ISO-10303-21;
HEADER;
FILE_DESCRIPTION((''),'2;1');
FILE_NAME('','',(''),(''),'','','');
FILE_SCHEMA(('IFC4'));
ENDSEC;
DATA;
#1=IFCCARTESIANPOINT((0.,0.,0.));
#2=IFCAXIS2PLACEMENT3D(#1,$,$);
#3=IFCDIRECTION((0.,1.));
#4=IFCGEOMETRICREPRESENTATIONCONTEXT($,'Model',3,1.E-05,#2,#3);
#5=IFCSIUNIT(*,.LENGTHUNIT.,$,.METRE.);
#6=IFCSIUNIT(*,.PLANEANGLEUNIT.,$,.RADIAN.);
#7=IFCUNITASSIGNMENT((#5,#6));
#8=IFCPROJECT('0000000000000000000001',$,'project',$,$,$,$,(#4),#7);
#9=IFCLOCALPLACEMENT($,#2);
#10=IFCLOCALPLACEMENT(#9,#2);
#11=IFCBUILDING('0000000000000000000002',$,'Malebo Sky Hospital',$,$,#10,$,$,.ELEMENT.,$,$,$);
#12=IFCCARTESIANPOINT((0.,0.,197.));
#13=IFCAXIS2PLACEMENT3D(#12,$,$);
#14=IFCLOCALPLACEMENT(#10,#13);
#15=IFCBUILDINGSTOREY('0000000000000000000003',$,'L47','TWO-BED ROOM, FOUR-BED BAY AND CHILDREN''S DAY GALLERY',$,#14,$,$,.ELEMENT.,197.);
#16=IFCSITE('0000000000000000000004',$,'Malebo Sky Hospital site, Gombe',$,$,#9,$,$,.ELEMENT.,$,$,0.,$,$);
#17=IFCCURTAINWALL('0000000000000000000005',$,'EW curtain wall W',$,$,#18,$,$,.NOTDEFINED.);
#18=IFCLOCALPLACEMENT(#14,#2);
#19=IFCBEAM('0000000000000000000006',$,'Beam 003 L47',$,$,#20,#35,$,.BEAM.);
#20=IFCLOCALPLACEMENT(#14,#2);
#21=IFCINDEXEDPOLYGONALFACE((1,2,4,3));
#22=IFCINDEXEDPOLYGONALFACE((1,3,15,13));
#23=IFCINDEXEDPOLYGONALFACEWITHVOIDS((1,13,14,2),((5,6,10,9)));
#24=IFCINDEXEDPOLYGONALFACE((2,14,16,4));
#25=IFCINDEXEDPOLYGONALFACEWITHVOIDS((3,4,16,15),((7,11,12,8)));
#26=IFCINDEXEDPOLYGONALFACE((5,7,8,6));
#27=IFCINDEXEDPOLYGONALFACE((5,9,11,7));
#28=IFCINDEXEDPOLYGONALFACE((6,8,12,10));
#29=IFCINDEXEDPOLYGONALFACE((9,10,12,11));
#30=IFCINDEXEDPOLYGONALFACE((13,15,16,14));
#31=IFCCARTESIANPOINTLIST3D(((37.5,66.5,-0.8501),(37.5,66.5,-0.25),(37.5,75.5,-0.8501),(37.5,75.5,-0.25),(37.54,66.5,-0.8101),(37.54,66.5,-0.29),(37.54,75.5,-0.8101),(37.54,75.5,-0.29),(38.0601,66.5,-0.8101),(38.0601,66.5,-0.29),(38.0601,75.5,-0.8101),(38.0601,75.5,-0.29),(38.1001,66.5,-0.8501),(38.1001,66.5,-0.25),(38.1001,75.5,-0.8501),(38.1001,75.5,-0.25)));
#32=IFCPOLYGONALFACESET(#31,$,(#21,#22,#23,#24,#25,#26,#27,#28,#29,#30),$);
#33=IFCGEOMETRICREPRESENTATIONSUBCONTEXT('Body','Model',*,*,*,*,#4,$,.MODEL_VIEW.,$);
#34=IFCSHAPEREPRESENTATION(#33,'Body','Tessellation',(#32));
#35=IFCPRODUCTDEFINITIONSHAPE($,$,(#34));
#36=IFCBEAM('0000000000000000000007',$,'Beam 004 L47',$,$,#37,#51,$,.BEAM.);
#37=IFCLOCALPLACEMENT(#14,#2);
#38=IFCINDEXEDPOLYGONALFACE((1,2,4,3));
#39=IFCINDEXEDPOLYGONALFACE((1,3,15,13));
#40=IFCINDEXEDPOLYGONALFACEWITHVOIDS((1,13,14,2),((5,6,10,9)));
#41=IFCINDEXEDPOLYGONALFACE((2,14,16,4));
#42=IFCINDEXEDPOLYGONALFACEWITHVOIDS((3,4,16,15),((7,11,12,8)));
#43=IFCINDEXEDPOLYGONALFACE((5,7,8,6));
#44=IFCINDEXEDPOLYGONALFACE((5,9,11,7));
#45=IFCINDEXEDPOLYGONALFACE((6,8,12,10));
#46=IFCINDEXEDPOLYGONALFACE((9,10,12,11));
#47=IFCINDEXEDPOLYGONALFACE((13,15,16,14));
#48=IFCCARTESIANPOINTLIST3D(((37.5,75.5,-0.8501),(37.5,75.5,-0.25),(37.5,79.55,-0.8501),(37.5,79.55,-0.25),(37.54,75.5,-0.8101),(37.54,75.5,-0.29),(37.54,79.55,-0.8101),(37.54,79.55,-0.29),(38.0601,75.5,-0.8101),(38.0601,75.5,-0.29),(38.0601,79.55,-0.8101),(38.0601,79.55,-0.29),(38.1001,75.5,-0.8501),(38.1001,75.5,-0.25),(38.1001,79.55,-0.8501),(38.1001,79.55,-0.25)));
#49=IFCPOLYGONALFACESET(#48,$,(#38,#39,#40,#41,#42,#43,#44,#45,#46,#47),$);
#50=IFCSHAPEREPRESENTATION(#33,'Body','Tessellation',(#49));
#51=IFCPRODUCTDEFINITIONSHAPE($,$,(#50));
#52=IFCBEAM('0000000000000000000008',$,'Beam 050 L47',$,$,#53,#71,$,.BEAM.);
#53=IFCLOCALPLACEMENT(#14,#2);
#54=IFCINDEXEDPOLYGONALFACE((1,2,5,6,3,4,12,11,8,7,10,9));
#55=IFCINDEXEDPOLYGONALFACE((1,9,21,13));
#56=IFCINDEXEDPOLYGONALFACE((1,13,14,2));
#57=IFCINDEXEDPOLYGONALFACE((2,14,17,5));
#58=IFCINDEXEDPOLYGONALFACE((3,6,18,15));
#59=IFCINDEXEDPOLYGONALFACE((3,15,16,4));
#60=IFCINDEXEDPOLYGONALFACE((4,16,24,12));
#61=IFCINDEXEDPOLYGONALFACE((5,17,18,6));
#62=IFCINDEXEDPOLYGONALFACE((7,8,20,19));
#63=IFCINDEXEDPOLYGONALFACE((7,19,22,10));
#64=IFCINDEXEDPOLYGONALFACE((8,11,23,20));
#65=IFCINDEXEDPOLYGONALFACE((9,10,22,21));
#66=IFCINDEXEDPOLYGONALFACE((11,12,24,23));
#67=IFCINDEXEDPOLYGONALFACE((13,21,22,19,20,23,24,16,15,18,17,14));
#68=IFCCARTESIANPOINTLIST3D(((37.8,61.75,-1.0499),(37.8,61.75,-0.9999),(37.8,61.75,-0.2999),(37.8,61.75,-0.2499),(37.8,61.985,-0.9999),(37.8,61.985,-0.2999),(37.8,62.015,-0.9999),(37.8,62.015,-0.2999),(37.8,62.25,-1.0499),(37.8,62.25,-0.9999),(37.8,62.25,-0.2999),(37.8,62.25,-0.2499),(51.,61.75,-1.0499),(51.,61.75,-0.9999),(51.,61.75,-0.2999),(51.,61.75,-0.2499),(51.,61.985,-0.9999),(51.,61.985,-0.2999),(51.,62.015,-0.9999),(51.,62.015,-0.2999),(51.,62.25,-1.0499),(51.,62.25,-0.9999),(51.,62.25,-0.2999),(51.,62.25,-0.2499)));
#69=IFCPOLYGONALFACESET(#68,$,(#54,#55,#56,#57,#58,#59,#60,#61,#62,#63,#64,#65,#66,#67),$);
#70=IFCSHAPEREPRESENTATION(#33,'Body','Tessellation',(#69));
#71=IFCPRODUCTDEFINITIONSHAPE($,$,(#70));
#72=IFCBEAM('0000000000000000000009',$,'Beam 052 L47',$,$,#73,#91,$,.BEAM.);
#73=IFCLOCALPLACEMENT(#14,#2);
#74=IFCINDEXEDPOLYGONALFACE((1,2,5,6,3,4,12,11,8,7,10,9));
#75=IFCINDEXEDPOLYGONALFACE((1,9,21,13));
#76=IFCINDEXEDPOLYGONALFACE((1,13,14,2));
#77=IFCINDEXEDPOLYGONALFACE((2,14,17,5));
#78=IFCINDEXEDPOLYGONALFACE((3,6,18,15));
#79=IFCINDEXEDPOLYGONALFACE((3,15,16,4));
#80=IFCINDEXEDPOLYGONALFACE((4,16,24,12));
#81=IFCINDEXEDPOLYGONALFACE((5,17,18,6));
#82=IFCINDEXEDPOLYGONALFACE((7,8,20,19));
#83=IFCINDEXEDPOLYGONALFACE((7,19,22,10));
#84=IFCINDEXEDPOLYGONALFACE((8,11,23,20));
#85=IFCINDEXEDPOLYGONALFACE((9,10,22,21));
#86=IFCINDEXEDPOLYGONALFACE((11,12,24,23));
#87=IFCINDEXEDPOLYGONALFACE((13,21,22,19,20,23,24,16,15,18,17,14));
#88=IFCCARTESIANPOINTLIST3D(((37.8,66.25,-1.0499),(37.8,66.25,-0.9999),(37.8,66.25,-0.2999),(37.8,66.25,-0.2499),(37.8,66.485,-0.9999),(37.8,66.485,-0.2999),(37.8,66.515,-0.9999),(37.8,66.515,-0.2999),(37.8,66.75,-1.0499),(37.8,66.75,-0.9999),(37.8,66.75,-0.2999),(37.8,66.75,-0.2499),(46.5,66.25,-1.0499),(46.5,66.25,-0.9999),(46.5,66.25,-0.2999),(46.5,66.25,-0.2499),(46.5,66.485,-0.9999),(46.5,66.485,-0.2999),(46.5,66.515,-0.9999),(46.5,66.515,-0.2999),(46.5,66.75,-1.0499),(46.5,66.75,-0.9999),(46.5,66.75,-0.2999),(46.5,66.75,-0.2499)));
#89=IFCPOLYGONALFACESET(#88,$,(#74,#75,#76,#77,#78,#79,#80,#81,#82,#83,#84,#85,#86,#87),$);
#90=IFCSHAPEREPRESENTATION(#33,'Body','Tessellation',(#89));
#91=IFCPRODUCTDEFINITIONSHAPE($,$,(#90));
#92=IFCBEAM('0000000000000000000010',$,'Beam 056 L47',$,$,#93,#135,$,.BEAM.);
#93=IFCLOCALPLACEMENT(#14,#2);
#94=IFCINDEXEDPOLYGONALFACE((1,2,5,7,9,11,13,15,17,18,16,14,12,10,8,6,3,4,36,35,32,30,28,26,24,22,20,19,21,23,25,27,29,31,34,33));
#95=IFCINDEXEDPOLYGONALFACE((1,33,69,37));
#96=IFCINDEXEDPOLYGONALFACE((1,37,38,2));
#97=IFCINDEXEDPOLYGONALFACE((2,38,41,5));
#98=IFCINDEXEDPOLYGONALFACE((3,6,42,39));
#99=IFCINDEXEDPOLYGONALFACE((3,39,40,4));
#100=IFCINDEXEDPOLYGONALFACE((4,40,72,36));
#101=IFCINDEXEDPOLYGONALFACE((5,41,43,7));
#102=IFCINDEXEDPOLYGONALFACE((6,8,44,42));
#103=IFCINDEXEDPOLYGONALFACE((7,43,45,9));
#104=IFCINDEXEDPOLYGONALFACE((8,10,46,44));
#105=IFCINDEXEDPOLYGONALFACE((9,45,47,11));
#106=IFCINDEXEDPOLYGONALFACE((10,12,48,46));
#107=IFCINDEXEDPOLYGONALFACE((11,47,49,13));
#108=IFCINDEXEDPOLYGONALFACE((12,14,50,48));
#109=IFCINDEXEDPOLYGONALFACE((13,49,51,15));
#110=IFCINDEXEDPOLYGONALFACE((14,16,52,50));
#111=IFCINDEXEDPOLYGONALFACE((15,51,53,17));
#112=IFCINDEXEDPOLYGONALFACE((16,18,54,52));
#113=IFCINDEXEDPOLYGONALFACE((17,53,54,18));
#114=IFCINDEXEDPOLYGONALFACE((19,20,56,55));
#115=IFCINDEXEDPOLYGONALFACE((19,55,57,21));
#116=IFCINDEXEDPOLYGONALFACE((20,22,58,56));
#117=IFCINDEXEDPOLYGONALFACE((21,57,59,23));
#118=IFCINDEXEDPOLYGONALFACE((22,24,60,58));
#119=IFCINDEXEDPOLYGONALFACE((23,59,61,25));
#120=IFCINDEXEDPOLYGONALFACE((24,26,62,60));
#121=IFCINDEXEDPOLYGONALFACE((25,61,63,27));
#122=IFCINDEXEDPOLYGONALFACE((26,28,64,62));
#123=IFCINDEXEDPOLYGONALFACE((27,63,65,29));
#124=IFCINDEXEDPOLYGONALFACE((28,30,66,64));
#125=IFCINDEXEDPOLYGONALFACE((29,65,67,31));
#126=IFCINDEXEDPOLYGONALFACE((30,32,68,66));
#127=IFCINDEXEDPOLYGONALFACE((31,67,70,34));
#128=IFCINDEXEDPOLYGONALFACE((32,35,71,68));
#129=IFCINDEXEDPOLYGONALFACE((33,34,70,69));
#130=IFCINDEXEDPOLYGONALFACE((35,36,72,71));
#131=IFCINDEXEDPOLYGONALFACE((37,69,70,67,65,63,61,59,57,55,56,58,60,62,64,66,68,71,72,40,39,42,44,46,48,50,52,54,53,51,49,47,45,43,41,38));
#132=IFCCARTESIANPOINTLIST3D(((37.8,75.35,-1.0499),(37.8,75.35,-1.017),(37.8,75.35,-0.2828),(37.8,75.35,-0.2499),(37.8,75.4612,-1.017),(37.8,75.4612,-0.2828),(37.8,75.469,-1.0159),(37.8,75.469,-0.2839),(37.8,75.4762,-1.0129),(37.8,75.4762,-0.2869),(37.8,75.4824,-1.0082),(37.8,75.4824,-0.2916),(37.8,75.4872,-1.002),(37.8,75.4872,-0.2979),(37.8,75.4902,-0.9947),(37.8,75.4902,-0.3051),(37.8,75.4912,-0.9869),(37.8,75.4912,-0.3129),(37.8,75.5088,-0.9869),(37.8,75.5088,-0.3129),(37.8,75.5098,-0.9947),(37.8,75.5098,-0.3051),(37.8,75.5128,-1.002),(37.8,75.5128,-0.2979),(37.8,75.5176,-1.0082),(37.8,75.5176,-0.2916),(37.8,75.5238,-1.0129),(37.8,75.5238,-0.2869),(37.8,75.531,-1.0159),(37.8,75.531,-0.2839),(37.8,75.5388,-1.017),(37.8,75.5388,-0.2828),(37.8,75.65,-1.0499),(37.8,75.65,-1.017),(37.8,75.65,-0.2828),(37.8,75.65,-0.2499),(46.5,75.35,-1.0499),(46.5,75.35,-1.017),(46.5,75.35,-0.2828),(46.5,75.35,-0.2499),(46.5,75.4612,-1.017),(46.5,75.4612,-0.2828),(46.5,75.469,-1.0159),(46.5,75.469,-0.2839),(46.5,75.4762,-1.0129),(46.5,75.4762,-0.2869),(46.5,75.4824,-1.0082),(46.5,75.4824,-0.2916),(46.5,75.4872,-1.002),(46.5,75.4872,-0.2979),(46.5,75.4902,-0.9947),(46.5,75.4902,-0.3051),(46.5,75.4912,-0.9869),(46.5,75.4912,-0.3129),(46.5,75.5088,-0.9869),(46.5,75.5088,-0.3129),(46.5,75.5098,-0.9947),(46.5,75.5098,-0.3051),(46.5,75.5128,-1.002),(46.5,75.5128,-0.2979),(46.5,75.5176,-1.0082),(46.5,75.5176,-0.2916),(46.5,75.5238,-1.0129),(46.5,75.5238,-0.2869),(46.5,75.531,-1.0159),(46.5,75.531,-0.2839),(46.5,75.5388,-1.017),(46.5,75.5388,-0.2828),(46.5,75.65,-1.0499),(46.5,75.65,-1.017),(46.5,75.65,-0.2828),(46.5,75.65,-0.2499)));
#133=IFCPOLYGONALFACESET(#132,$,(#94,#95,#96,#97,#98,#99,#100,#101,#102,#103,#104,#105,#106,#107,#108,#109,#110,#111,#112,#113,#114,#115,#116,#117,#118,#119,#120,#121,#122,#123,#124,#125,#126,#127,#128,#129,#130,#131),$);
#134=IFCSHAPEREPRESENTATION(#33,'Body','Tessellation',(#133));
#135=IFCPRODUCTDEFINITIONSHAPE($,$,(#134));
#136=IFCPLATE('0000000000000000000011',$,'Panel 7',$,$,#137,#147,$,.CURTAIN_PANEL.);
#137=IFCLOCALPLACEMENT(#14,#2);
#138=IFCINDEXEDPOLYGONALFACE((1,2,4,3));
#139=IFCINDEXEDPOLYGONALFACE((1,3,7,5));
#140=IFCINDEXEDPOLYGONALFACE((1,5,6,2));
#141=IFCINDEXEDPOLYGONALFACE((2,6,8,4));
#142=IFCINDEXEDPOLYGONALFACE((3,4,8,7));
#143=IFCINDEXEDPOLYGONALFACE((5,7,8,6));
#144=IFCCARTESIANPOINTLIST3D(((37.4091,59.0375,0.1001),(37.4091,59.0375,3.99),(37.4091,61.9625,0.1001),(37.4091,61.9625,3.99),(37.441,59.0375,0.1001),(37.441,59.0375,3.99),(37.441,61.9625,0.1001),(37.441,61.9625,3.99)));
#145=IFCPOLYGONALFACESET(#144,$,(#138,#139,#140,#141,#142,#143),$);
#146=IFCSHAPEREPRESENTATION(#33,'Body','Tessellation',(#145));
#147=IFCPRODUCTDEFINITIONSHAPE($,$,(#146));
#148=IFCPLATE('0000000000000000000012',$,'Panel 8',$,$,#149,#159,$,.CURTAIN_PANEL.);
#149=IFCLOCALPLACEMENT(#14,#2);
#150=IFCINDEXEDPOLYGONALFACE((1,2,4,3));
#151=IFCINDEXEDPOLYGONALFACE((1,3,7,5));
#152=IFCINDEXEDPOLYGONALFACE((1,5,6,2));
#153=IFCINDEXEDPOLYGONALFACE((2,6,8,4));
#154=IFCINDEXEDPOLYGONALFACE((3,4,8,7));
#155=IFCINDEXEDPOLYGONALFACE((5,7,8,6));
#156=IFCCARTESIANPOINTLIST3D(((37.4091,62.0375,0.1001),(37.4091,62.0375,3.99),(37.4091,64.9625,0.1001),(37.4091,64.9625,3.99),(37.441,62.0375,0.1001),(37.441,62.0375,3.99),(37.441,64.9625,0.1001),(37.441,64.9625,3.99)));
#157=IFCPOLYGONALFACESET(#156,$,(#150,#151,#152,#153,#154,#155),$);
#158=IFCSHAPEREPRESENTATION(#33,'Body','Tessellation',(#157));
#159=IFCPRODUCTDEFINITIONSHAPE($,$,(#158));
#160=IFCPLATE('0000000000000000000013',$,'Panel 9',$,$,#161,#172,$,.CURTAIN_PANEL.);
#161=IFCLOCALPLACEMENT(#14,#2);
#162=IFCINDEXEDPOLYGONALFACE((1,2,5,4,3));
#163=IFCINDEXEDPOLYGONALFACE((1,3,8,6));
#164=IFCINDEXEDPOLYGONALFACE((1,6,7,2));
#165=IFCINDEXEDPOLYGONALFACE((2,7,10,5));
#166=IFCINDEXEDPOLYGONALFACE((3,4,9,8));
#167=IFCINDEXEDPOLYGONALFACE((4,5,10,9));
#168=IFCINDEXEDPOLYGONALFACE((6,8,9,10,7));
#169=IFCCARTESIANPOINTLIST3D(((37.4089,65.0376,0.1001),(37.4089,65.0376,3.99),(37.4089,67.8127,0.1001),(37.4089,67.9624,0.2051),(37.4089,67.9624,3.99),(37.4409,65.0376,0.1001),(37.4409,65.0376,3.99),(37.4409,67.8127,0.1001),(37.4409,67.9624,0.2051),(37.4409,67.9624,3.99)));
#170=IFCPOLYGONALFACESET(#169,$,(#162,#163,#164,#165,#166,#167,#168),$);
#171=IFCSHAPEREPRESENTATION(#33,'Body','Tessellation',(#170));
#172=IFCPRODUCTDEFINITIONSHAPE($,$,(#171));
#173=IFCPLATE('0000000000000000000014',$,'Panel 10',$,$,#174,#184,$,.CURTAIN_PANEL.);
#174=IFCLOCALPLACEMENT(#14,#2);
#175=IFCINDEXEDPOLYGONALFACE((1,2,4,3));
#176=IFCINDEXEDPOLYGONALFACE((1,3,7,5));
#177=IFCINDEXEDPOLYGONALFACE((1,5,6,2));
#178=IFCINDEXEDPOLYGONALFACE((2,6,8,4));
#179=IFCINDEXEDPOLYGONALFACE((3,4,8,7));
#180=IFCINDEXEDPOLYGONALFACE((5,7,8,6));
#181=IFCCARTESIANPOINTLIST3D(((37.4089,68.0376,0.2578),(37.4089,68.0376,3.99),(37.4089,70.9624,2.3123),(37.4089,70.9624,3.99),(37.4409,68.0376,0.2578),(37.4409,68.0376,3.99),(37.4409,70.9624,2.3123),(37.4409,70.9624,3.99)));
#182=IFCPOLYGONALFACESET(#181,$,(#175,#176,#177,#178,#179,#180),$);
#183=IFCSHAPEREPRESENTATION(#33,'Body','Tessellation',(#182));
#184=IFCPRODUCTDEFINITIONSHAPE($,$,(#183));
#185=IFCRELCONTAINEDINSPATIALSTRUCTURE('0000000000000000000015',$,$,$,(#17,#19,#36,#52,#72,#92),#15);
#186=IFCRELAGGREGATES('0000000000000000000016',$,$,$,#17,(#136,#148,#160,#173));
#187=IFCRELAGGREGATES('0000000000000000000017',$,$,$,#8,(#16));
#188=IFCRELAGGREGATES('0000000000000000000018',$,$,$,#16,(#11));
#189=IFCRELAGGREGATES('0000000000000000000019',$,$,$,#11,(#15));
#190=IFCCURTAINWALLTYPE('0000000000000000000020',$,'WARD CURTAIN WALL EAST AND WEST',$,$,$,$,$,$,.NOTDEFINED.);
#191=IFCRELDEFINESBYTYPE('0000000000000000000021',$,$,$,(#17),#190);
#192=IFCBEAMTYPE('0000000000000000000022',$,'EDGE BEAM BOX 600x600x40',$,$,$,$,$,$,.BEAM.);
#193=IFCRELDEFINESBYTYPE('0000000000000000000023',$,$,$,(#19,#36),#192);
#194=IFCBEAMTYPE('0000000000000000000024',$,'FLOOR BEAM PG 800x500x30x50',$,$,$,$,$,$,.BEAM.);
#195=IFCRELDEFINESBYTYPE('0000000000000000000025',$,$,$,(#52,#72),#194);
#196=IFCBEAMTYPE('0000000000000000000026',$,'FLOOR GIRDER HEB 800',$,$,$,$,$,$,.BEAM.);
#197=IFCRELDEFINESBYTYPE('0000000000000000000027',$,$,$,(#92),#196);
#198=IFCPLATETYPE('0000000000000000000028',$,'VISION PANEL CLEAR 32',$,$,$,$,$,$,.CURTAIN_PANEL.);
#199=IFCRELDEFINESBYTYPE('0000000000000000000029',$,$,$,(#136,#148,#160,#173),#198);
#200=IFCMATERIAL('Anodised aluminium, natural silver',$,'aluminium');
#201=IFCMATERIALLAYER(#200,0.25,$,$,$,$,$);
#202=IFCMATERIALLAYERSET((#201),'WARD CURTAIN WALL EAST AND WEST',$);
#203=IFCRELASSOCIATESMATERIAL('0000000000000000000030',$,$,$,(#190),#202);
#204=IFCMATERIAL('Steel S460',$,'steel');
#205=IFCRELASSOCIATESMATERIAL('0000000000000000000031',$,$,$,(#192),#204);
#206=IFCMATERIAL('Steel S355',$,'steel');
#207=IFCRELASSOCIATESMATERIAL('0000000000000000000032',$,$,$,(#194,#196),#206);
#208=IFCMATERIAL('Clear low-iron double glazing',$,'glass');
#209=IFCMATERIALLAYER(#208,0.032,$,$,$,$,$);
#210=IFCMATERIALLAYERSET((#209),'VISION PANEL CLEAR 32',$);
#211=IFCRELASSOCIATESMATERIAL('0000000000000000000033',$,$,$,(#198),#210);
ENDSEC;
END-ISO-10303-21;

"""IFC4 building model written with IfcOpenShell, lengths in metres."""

from ifc_helpers import new_model, si_unit, direction, frame, origin, origin_2d, place, context, subcontext, project, spatial, polyline, rectangle, hollow_rectangle, i_section, outline, extrude, material, layer, layer_set, material_profile, profile_set, type_object, element, aggregate, save


model = new_model("IFC4")

# Units and contexts
model_context = context("Model", 3, precision=1e-05, world=origin(), true_north=direction((0.0, 1.0)))
body_context = subcontext(model_context, "Body", "Model", "MODEL_VIEW")
ifc_project = project(units=[si_unit("LENGTHUNIT", "METRE"), si_unit("PLANEANGLEUNIT", "RADIAN")], contexts=[model_context])

# Site, building, storey
site_placement = place(None, origin())
site = spatial("IfcSite", under=ifc_project, at=site_placement, Name="Malebo Sky Hospital site, Gombe", CompositionType="ELEMENT", RefElevation=0.0)
building_placement = place(site_placement, origin())
building = spatial("IfcBuilding", under=site, at=building_placement, Name="Malebo Sky Hospital", CompositionType="ELEMENT")
storey_placement = place(building_placement, frame((0.0, 0.0, 197.0)))
storey = spatial("IfcBuildingStorey", under=building, at=storey_placement, Name="L47", Description="TWO-BED ROOM, FOUR-BED BAY AND CHILDREN'S DAY GALLERY", CompositionType="ELEMENT", Elevation=197.0)

# Shared definitions
ifc_material_1 = material(Name="Steel S460", Category="steel")

# Curtain wall
ifc_material_2 = material(Name="Anodised aluminium, natural silver", Category="aluminium")
ifc_layer_1 = layer(ifc_material_2, 0.25)
ifc_layer_set_1 = layer_set([ifc_layer_1], Name="WARD CURTAIN WALL EAST AND WEST")
curtain_wall_type = type_object("IfcCurtainWallType", Name="WARD CURTAIN WALL EAST AND WEST", PredefinedType="NOTDEFINED", material=ifc_layer_set_1)
curtain_wall_placement = place(storey_placement, origin())
curtain_wall = element("IfcCurtainWall", 1, at=curtain_wall_placement, inside=storey, type_object=curtain_wall_type, Name="EW curtain wall W", PredefinedType="NOTDEFINED")

# Shared definitions
ifc_material_3 = material(Name="Steel S355", Category="steel")

# Beams
ifc_material_profile_1 = material_profile(ifc_material_1, hollow_rectangle(XDim=0.6001, YDim=0.6001, WallThickness=0.04, at=origin_2d()), Name="BOX 600x600x40")
ifc_profile_set_1 = profile_set([ifc_material_profile_1], Name="Steel S460")
beam_type_1 = type_object("IfcBeamType", Name="EDGE BEAM BOX 600x600x40", PredefinedType="BEAM", material=ifc_profile_set_1)
beam_1_placement = place(storey_placement, frame((37.8, 66.5, -0.55), z_axis=(0.0, 1.0, 0.0), x_axis=(-1.0, 0.0, 0.0)))
element("IfcBeam", 2, at=beam_1_placement, inside=storey, type_object=beam_type_1, Name="Beam 003 L47", PredefinedType="BEAM", context=body_context, shape_type="SweptSolid", body=[
    extrude(hollow_rectangle(XDim=0.6001, YDim=0.6001, WallThickness=0.04, at=origin_2d()), origin(), (0.0, 0.0, 1.0), 9.0),
])
beam_2_placement = place(storey_placement, frame((37.8, 75.5, -0.55), z_axis=(0.0, 1.0, 0.0), x_axis=(-1.0, 0.0, 0.0)))
element("IfcBeam", 3, at=beam_2_placement, inside=storey, type_object=beam_type_1, Name="Beam 004 L47", PredefinedType="BEAM", context=body_context, shape_type="SweptSolid", body=[
    extrude(hollow_rectangle(XDim=0.6001, YDim=0.6001, WallThickness=0.04, at=origin_2d()), origin(), (0.0, 0.0, 1.0), 4.05),
])
ifc_material_profile_2 = material_profile(ifc_material_3, i_section(OverallWidth=0.5, OverallDepth=0.8, WebThickness=0.03, FlangeThickness=0.05, at=origin_2d()), Name="PG 800x500x30x50")
ifc_profile_set_2 = profile_set([ifc_material_profile_2], Name="Steel S355")
beam_type_2 = type_object("IfcBeamType", Name="FLOOR BEAM PG 800x500x30x50", PredefinedType="BEAM", material=ifc_profile_set_2)
beam_3_placement = place(storey_placement, frame((37.8, 62.0, -0.6499), z_axis=(1.0, 0.0, 0.0), x_axis=(0.0, 1.0, 0.0)))
element("IfcBeam", 4, at=beam_3_placement, inside=storey, type_object=beam_type_2, Name="Beam 050 L47", PredefinedType="BEAM", context=body_context, shape_type="SweptSolid", body=[
    extrude(i_section(OverallWidth=0.5, OverallDepth=0.8, WebThickness=0.03, FlangeThickness=0.05, at=origin_2d()), origin(), (0.0, 0.0, 1.0), 13.2),
])
beam_4_placement = place(storey_placement, frame((37.8, 66.5, -0.6499), z_axis=(1.0, 0.0, 0.0), x_axis=(0.0, 1.0, 0.0)))
element("IfcBeam", 5, at=beam_4_placement, inside=storey, type_object=beam_type_2, Name="Beam 052 L47", PredefinedType="BEAM", context=body_context, shape_type="SweptSolid", body=[
    extrude(i_section(OverallWidth=0.5, OverallDepth=0.8, WebThickness=0.03, FlangeThickness=0.05, at=origin_2d()), origin(), (0.0, 0.0, 1.0), 8.7),
])
ifc_material_profile_3 = material_profile(ifc_material_3, i_section(OverallWidth=0.3, OverallDepth=0.8, WebThickness=0.0176, FlangeThickness=0.033, FilletRadius=0.03, at=origin_2d()), Name="HEB 800")
ifc_profile_set_3 = profile_set([ifc_material_profile_3], Name="Steel S355")
beam_type_3 = type_object("IfcBeamType", Name="FLOOR GIRDER HEB 800", PredefinedType="BEAM", material=ifc_profile_set_3)
beam_5_placement = place(storey_placement, frame((37.8, 75.5, -0.6499), z_axis=(1.0, 0.0, 0.0), x_axis=(0.0, 1.0, 0.0)))
element("IfcBeam", 6, at=beam_5_placement, inside=storey, type_object=beam_type_3, Name="Beam 056 L47", PredefinedType="BEAM", context=body_context, shape_type="SweptSolid", body=[
    extrude(i_section(OverallWidth=0.3, OverallDepth=0.8, WebThickness=0.0176, FlangeThickness=0.033, FilletRadius=0.03, at=origin_2d()), origin(), (0.0, 0.0, 1.0), 8.7),
])

# Plates
ifc_material_4 = material(Name="Clear low-iron double glazing", Category="glass")
ifc_layer_2 = layer(ifc_material_4, 0.032)
ifc_layer_set_2 = layer_set([ifc_layer_2], Name="VISION PANEL CLEAR 32")
plate_type = type_object("IfcPlateType", Name="VISION PANEL CLEAR 32", PredefinedType="CURTAIN_PANEL", material=ifc_layer_set_2)
plate_1_placement = place(storey_placement, frame((37.425, 60.5, 0.1001), z_axis=(0.0, 0.0, 1.0), x_axis=(0.0, 1.0, 0.0)))
plate_1 = element("IfcPlate", 7, at=plate_1_placement, type_object=plate_type, Name="Panel 7", PredefinedType="CURTAIN_PANEL", context=body_context, shape_type="SweptSolid", body=[
    extrude(rectangle(XDim=2.925, YDim=0.032, at=origin_2d()), origin(), (0.0, 0.0, 1.0), 3.8899),
])
plate_2_placement = place(storey_placement, frame((37.425, 63.5, 0.1001), z_axis=(0.0, 0.0, 1.0), x_axis=(0.0, 1.0, 0.0)))
plate_2 = element("IfcPlate", 8, at=plate_2_placement, type_object=plate_type, Name="Panel 8", PredefinedType="CURTAIN_PANEL", context=body_context, shape_type="SweptSolid", body=[
    extrude(rectangle(XDim=2.925, YDim=0.032, at=origin_2d()), origin(), (0.0, 0.0, 1.0), 3.8899),
])
plate_3_placement = place(storey_placement, frame((37.425, 66.5, 0.1001), z_axis=(0.0, 0.0, 1.0), x_axis=(0.0, 1.0, 0.0)))
plate_3 = element("IfcPlate", 9, at=plate_3_placement, type_object=plate_type, Name="Panel 9", PredefinedType="CURTAIN_PANEL", context=body_context, shape_type="SweptSolid", body=[
    extrude(outline(polyline([(-1.4624, 0.0), (1.3127, 0.0), (1.4624, 0.105), (1.4624, 3.8899), (-1.4624, 3.8899), (-1.4624, 0.0)])), frame((0.0, 0.0161, 0.0), z_axis=(0.0, -1.0, 0.0), x_axis=(1.0, 0.0, 0.0)), (0.0, 0.0, 1.0), 0.032),
])
plate_4_placement = place(storey_placement, frame((37.425, 69.5, 0.2578), z_axis=(0.0, 0.0, 1.0), x_axis=(0.0, 1.0, 0.0)))
plate_4 = element("IfcPlate", 10, at=plate_4_placement, type_object=plate_type, Name="Panel 10", PredefinedType="CURTAIN_PANEL", context=body_context, shape_type="SweptSolid", body=[
    extrude(outline(polyline([(-1.4624, 0.0), (1.4624, 2.0544), (1.4624, 3.7322), (-1.4624, 3.7322), (-1.4624, 0.0)])), frame((0.0, 0.0161, 0.0), z_axis=(0.0, -1.0, 0.0), x_axis=(1.0, 0.0, 0.0)), (0.0, 0.0, 1.0), 0.032),
])
aggregate(curtain_wall, [plate_1, plate_2, plate_3, plate_4])

save(model, "model.ifc")
